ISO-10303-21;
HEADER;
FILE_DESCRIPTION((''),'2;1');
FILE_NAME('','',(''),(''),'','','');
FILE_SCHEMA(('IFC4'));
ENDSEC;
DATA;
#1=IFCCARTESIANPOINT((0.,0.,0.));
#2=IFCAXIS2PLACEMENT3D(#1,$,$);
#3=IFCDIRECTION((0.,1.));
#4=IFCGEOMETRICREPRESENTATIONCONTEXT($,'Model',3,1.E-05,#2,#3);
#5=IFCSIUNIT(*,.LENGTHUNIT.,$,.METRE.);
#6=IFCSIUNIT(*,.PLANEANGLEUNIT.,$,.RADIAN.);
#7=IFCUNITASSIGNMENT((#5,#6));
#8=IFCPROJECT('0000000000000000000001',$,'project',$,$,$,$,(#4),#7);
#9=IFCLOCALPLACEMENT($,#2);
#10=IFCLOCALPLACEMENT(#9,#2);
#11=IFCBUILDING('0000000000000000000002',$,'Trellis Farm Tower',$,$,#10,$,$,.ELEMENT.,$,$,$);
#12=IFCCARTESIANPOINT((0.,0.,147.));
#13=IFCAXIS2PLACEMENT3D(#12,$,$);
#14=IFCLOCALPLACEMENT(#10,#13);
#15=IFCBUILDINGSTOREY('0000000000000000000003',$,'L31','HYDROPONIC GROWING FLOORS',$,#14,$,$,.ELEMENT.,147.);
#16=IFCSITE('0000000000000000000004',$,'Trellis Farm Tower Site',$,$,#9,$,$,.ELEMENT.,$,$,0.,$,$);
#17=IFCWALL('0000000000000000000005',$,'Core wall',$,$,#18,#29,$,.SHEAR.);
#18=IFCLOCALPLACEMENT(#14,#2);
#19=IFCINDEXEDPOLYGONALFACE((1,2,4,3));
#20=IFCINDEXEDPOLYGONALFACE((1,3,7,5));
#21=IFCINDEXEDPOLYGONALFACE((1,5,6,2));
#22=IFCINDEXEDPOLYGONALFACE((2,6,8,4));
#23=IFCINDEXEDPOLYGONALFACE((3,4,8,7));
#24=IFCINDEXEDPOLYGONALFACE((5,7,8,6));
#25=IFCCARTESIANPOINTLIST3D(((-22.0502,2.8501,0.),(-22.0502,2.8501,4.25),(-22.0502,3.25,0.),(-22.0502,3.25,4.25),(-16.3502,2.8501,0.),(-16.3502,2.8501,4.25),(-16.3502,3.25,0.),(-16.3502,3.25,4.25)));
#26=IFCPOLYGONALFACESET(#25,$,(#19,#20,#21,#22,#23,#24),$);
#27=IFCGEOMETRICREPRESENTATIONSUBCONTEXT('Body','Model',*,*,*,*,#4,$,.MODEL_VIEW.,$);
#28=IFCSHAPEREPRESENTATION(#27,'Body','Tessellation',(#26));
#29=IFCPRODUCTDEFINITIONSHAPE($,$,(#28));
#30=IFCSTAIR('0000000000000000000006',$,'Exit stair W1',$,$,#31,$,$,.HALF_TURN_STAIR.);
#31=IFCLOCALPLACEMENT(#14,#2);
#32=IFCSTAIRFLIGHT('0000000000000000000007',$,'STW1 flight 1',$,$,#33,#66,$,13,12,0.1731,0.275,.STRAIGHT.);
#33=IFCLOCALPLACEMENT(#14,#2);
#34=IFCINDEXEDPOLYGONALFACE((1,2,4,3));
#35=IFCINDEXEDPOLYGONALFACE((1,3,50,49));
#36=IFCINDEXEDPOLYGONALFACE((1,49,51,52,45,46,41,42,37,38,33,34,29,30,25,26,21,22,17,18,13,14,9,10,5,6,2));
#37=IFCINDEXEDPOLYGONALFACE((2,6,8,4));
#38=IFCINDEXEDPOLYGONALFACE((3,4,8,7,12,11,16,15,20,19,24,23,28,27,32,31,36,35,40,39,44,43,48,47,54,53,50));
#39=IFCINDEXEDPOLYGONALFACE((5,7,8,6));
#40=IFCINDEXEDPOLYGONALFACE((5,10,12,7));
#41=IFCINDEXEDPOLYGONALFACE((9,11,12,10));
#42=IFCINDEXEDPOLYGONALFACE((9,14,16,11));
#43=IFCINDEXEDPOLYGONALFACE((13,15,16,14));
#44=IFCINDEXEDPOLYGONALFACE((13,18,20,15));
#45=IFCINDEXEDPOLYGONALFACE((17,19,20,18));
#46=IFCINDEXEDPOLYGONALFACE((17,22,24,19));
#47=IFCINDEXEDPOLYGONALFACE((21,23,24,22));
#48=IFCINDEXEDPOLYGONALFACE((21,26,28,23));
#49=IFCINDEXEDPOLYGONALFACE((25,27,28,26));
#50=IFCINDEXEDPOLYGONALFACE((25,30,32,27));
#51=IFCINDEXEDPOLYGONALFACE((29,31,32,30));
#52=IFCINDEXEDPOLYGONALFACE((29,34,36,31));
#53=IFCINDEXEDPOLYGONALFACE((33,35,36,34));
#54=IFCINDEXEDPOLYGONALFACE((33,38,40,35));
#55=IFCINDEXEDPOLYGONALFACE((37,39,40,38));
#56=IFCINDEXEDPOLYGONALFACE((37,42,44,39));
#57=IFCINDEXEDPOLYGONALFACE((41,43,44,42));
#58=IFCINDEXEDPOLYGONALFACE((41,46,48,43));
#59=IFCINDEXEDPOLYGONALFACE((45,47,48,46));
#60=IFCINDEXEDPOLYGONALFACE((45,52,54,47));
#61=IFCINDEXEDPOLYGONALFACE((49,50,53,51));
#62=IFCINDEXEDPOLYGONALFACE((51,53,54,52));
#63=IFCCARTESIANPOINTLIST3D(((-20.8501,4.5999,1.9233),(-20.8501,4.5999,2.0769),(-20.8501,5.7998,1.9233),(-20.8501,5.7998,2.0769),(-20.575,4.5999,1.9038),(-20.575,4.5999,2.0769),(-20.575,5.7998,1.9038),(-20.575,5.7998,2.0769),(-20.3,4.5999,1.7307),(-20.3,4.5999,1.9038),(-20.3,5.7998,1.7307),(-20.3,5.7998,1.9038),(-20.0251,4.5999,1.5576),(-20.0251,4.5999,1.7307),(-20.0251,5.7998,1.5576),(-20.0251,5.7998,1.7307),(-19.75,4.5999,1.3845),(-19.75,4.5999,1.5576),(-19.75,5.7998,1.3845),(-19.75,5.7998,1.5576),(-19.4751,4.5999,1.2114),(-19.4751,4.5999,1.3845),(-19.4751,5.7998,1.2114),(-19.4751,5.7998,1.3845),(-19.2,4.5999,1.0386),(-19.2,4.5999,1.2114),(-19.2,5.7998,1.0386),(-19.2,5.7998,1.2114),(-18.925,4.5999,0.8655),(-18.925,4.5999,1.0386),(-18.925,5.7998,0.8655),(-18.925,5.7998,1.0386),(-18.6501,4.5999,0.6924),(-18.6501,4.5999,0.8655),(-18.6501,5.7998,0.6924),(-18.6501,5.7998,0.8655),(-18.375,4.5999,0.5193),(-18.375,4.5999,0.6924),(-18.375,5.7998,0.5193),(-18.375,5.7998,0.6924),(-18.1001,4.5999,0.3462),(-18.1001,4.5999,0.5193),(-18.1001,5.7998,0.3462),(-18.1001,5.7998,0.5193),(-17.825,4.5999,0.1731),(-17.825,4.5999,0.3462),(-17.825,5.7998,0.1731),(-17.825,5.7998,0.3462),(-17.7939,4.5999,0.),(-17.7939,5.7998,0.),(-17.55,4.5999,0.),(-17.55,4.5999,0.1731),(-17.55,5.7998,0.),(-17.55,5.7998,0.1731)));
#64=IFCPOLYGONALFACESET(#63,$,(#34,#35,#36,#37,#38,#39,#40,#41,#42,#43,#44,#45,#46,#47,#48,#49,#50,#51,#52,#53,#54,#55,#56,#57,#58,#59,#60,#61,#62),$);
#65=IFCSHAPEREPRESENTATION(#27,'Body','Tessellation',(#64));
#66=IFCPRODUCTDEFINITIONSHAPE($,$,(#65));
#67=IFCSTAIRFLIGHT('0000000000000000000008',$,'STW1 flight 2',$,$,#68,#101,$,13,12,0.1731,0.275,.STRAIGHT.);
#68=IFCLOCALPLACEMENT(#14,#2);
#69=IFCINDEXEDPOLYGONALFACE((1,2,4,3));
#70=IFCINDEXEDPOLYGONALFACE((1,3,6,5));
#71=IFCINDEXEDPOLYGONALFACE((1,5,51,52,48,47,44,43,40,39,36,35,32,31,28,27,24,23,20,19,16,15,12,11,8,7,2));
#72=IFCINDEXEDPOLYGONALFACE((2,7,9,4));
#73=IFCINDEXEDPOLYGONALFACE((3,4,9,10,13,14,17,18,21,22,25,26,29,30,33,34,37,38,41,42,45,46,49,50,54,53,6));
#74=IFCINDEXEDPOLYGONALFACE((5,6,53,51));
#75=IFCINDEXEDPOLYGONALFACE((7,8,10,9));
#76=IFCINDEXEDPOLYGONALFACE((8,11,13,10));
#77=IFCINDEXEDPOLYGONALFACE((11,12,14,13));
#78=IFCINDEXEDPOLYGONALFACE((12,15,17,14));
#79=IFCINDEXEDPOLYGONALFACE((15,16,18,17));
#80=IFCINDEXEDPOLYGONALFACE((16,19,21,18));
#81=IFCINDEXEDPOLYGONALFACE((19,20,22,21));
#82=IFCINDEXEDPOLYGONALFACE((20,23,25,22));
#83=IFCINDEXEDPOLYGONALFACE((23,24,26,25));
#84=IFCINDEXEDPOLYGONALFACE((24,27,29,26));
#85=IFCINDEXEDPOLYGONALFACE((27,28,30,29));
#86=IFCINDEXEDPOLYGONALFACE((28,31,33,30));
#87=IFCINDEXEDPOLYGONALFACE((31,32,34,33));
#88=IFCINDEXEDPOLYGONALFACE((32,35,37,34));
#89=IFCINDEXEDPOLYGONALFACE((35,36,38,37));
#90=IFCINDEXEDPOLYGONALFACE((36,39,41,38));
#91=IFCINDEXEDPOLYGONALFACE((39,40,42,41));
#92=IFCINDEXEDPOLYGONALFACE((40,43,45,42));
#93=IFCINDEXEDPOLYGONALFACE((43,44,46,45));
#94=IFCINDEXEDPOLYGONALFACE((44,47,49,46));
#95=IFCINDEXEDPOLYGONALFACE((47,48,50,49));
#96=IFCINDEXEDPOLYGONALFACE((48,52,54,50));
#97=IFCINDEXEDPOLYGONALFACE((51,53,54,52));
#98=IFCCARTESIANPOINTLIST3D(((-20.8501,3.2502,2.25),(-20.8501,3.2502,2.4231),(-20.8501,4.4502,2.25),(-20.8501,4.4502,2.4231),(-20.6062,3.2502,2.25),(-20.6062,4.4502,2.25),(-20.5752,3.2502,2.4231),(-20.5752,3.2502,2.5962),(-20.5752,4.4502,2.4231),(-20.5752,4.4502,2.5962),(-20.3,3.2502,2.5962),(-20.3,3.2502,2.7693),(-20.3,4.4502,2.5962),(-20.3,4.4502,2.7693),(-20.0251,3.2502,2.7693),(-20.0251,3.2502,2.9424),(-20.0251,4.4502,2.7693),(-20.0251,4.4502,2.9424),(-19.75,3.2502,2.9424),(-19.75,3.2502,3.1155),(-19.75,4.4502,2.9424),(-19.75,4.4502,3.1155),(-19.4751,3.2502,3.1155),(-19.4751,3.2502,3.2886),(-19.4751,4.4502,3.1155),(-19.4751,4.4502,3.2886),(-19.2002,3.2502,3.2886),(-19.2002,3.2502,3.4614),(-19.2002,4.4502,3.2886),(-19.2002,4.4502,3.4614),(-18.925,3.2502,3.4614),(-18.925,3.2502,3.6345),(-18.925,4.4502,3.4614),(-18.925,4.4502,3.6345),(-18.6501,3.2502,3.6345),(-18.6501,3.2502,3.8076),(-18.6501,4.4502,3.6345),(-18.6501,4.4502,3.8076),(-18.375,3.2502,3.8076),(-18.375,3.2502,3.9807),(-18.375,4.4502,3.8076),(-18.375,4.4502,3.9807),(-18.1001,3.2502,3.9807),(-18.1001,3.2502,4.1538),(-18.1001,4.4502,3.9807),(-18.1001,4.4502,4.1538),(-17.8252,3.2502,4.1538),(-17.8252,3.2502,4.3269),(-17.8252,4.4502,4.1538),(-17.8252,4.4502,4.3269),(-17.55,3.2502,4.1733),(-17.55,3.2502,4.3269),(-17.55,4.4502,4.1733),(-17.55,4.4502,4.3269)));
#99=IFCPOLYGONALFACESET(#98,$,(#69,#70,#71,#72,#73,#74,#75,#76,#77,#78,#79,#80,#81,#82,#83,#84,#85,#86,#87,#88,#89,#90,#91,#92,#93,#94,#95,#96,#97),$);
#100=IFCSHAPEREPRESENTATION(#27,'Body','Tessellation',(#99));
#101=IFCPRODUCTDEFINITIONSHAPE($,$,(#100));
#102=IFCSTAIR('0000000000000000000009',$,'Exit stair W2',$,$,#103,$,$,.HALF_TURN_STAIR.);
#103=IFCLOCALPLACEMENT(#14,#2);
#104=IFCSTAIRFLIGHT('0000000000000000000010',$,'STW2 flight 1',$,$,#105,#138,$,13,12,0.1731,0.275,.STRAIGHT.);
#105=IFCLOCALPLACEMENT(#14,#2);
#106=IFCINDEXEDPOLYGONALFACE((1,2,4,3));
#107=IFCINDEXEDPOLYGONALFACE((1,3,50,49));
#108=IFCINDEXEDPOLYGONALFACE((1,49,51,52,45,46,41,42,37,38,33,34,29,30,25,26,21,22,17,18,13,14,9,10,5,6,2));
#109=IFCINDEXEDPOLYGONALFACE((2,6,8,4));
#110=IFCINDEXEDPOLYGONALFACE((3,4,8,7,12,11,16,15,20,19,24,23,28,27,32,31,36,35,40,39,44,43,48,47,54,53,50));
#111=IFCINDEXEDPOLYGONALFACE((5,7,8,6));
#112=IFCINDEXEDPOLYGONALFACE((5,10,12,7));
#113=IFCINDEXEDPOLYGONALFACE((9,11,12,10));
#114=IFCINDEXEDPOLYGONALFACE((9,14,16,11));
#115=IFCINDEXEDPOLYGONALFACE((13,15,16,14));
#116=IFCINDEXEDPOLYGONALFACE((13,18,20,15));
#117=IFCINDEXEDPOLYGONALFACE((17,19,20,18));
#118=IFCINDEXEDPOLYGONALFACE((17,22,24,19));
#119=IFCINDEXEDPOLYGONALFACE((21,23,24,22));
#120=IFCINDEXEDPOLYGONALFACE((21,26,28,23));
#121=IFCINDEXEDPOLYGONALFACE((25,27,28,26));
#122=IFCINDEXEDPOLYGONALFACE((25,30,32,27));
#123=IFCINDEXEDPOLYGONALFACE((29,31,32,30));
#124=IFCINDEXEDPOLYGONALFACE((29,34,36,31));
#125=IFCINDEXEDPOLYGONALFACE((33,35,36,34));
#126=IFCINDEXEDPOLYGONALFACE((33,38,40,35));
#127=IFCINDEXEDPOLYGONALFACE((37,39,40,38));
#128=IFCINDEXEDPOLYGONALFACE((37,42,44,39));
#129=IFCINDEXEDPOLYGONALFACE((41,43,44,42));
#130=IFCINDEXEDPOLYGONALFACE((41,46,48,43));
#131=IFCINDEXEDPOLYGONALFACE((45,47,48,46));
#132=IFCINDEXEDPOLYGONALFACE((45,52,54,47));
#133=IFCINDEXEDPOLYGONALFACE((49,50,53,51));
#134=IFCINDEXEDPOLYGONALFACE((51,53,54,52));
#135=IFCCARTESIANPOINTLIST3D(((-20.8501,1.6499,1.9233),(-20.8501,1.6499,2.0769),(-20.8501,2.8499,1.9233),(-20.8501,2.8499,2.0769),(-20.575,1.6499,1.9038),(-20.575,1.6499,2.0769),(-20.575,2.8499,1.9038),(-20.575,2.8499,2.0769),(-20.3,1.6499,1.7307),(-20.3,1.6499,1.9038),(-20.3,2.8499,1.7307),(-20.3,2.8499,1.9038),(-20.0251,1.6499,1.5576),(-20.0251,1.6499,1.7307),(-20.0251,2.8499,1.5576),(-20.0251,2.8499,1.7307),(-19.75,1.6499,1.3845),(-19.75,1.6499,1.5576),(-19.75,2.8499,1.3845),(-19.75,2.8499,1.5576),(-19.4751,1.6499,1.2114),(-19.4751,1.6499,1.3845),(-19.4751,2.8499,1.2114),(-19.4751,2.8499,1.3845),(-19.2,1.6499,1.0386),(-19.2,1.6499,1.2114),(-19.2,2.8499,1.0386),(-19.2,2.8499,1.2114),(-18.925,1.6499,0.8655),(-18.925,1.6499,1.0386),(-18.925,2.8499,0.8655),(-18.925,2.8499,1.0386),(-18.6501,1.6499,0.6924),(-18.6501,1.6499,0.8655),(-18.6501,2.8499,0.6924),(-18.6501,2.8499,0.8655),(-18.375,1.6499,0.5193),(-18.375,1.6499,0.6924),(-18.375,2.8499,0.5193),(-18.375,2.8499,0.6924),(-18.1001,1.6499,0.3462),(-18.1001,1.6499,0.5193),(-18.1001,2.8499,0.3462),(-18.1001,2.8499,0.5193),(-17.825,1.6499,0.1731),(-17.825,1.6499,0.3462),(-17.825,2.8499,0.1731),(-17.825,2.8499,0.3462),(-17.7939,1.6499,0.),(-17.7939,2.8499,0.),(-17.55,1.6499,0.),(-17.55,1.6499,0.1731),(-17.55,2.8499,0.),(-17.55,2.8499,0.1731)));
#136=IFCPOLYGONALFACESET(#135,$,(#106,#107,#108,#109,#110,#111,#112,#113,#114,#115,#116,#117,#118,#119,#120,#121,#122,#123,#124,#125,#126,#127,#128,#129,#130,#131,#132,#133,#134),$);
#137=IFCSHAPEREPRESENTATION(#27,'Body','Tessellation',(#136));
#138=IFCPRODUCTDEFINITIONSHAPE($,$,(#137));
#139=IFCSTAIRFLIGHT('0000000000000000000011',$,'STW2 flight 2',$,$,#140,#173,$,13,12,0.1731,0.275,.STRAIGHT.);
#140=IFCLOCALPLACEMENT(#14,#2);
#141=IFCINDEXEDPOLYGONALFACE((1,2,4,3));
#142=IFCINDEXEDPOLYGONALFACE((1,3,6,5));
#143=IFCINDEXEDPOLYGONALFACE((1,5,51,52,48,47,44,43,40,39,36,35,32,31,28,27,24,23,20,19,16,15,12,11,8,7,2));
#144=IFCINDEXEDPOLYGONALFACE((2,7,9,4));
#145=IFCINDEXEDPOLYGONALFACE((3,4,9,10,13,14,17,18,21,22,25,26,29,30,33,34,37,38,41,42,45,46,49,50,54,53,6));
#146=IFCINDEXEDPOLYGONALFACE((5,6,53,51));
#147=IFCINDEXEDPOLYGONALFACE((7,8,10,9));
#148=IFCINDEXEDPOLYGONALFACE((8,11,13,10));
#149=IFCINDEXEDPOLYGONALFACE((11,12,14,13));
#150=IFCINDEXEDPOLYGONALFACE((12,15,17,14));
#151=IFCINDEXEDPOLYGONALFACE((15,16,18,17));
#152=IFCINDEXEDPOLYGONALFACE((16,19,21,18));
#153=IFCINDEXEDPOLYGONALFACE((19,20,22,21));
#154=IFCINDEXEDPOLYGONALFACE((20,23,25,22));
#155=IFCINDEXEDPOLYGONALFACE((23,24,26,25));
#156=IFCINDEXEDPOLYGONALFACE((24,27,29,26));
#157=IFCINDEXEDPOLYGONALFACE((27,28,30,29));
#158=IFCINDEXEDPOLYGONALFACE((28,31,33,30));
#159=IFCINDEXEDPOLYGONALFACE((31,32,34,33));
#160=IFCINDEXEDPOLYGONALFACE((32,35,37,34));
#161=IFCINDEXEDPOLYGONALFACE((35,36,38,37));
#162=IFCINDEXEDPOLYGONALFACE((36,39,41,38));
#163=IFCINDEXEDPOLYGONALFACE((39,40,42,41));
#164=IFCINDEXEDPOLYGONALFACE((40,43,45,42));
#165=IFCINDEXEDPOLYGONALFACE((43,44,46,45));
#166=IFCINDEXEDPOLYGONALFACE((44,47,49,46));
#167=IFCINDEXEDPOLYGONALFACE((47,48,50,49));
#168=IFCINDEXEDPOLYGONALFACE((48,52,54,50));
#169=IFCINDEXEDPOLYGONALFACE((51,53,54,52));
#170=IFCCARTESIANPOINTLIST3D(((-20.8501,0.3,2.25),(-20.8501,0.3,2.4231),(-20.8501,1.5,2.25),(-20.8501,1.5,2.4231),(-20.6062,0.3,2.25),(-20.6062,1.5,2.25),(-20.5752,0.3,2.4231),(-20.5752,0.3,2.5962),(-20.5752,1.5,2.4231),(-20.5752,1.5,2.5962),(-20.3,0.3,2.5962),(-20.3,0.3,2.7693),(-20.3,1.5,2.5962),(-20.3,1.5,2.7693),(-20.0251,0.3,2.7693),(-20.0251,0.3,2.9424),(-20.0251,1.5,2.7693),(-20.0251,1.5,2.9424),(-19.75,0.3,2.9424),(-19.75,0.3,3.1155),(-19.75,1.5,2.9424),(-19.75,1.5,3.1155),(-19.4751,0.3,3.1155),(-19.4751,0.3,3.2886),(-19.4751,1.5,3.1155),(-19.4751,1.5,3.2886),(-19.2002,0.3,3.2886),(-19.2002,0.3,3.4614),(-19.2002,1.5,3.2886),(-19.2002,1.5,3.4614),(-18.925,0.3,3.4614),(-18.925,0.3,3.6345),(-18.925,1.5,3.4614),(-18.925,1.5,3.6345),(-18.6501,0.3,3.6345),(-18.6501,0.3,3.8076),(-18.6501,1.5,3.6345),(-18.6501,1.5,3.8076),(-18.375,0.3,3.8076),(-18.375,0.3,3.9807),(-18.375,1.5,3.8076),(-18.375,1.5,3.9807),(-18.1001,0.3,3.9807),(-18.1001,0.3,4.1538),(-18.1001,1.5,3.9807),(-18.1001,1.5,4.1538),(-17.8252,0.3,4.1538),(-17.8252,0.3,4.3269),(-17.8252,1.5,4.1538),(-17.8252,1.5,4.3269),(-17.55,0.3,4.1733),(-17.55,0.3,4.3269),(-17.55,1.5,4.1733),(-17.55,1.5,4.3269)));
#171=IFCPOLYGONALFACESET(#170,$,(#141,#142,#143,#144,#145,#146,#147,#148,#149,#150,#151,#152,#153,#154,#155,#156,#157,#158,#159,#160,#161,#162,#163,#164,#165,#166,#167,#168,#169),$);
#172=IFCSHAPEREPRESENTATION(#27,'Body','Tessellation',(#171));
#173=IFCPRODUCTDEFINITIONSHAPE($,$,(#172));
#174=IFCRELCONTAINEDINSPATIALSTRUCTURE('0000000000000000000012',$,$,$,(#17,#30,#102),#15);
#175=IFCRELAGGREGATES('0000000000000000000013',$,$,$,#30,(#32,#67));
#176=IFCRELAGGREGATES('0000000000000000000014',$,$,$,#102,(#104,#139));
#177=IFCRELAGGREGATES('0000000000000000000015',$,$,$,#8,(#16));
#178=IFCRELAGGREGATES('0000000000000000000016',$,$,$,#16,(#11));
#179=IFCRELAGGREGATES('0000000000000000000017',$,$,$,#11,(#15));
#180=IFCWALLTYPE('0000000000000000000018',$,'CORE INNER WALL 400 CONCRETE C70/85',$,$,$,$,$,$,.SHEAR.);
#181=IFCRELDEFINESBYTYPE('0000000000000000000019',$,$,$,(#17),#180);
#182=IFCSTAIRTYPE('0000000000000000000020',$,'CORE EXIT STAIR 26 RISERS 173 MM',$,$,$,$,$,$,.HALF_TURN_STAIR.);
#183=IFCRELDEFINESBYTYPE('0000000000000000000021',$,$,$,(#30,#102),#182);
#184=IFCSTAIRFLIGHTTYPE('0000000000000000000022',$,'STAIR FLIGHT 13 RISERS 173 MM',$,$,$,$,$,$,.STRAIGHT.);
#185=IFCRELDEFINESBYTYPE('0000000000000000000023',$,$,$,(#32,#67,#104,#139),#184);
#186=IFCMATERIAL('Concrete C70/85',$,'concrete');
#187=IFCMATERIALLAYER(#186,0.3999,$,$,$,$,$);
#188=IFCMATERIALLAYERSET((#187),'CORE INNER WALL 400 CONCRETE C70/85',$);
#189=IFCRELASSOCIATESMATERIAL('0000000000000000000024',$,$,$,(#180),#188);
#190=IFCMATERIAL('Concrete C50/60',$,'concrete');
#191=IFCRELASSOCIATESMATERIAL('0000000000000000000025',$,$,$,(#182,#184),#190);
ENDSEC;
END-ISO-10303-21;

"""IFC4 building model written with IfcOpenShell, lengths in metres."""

from ifc_helpers import new_model, si_unit, direction, frame, frame_2d, origin, place, context, subcontext, project, spatial, polyline, rectangle, outline, extrude, source, transform, mapped, material, layer, layer_set, type_object, element, aggregate, save


model = new_model("IFC4")

# Units and contexts
model_context = context("Model", 3, precision=1e-05, world=origin(), true_north=direction((0.0, 1.0)))
body_context = subcontext(model_context, "Body", "Model", "MODEL_VIEW")
ifc_project = project(units=[si_unit("LENGTHUNIT", "METRE"), si_unit("PLANEANGLEUNIT", "RADIAN")], contexts=[model_context])

# Site, building, storey
site_placement = place(None, origin())
site = spatial("IfcSite", under=ifc_project, at=site_placement, Name="Trellis Farm Tower Site", CompositionType="ELEMENT", RefElevation=0.0)
building_placement = place(site_placement, origin())
building = spatial("IfcBuilding", under=site, at=building_placement, Name="Trellis Farm Tower", CompositionType="ELEMENT")
storey_placement = place(building_placement, frame((0.0, 0.0, 147.0)))
storey = spatial("IfcBuildingStorey", under=building, at=storey_placement, Name="L31", Description="HYDROPONIC GROWING FLOORS", CompositionType="ELEMENT", Elevation=147.0)

# Shared definitions
placement = place(storey_placement, origin())

# Shared definitions
ifc_material_1 = material(Name="Concrete C70/85", Category="concrete")
ifc_layer_1 = layer(ifc_material_1, 0.3999)
ifc_layer_set_1 = layer_set([ifc_layer_1], Name="CORE INNER WALL 400 CONCRETE C70/85")
wall_type_1 = type_object("IfcWallType", Name="CORE INNER WALL 400 CONCRETE C70/85", PredefinedType="SHEAR", material=ifc_layer_set_1)

# Wall
shared_shape_1 = source(origin(), body_context, "Body", "SweptSolid", [
    extrude(rectangle(XDim=5.7, YDim=0.3999, at=frame_2d((2.8501, 0.0))), origin(), (0.0, 0.0, 1.0), 4.25),
])
wall_1_placement = place(storey_placement, frame((-16.3501, 3.05, 0.0), z_axis=(0.0, 0.0, 1.0), x_axis=(-1.0, 0.0, 0.0)))
element("IfcWall", 1, at=wall_1_placement, inside=storey, type_object=wall_type_1, Name="Core wall", PredefinedType="SHEAR", context=body_context, shape_type="MappedRepresentation", body=[
    mapped(shared_shape_1, transform((0.0, 0.0, 0.0))),
])

# Stairs, stair flights
ifc_material_2 = material(Name="Concrete C50/60", Category="concrete")
stair_type = type_object("IfcStairType", Name="CORE EXIT STAIR 26 RISERS 173 MM", PredefinedType="HALF_TURN_STAIR", material=ifc_material_2)
stair_1 = element("IfcStair", 2, at=placement, inside=storey, type_object=stair_type, Name="Exit stair W1", PredefinedType="HALF_TURN_STAIR")
stair_flight_type = type_object("IfcStairFlightType", Name="STAIR FLIGHT 13 RISERS 173 MM", PredefinedType="STRAIGHT", material=ifc_material_2)
shared_shape_2 = source(origin(), body_context, "Body", "SweptSolid", [
    extrude(outline(polyline([(0.0, 0.0), (0.0, 0.1731), (0.2749, 0.1731), (0.2749, 0.3462), (0.55, 0.3462), (0.55, 0.5193), (0.825, 0.5193), (0.825, 0.6924), (1.1001, 0.6924), (1.1001, 0.8655), (1.375, 0.8655), (1.375, 1.0386), (1.6499, 1.0386), (1.6499, 1.2114), (1.925, 1.2114), (1.925, 1.3845), (2.2, 1.3845), (2.2, 1.5576), (2.4751, 1.5576), (2.4751, 1.7307), (2.75, 1.7307), (2.75, 1.9038), (3.0249, 1.9038), (3.0249, 2.0769), (3.3, 2.0769), (3.3, 2.25), (3.3, 1.9233), (0.2439, 0.0), (0.0, 0.0)])), frame((0.0, 0.6001, 0.0), z_axis=(0.0, -1.0, 0.0), x_axis=(1.0, 0.0, 0.0)), (0.0, 0.0, 1.0), 1.2),
])
stair_flight_1_placement = place(storey_placement, frame((-17.55, 5.2, 0.0), z_axis=(0.0, 0.0, 1.0), x_axis=(-1.0, 0.0, 0.0)))
stair_flight_1 = element("IfcStairFlight", 3, at=stair_flight_1_placement, type_object=stair_flight_type, Name="STW1 flight 1", NumberOfRisers=13, NumberOfTreads=12, PredefinedType="STRAIGHT", RiserHeight=0.1731, TreadLength=0.275, context=body_context, shape_type="MappedRepresentation", body=[
    mapped(shared_shape_2, transform((0.0, 0.0, 0.0))),
])
stair_flight_2_placement = place(storey_placement, frame((-20.8501, 3.8501, 2.25), z_axis=(0.0, 0.0, 1.0), x_axis=(1.0, 0.0, 0.0)))
stair_flight_2 = element("IfcStairFlight", 4, at=stair_flight_2_placement, type_object=stair_flight_type, Name="STW1 flight 2", NumberOfRisers=13, NumberOfTreads=12, PredefinedType="STRAIGHT", RiserHeight=0.1731, TreadLength=0.275, context=body_context, shape_type="MappedRepresentation", body=[
    mapped(shared_shape_2, transform((0.0, 0.0, 0.0))),
])
aggregate(stair_1, [stair_flight_1, stair_flight_2])
stair_2 = element("IfcStair", 5, at=placement, inside=storey, type_object=stair_type, Name="Exit stair W2", PredefinedType="HALF_TURN_STAIR")
stair_flight_3_placement = place(storey_placement, frame((-17.55, 2.25, 0.0), z_axis=(0.0, 0.0, 1.0), x_axis=(-1.0, 0.0, 0.0)))
stair_flight_3 = element("IfcStairFlight", 6, at=stair_flight_3_placement, type_object=stair_flight_type, Name="STW2 flight 1", NumberOfRisers=13, NumberOfTreads=12, PredefinedType="STRAIGHT", RiserHeight=0.1731, TreadLength=0.275, context=body_context, shape_type="MappedRepresentation", body=[
    mapped(shared_shape_2, transform((0.0, 0.0, 0.0))),
])
stair_flight_4_placement = place(storey_placement, frame((-20.8501, 0.8999, 2.25), z_axis=(0.0, 0.0, 1.0), x_axis=(1.0, 0.0, 0.0)))
stair_flight_4 = element("IfcStairFlight", 7, at=stair_flight_4_placement, type_object=stair_flight_type, Name="STW2 flight 2", NumberOfRisers=13, NumberOfTreads=12, PredefinedType="STRAIGHT", RiserHeight=0.1731, TreadLength=0.275, context=body_context, shape_type="MappedRepresentation", body=[
    mapped(shared_shape_2, transform((0.0, 0.0, 0.0))),
])
aggregate(stair_2, [stair_flight_3, stair_flight_4])

save(model, "model.ifc")
